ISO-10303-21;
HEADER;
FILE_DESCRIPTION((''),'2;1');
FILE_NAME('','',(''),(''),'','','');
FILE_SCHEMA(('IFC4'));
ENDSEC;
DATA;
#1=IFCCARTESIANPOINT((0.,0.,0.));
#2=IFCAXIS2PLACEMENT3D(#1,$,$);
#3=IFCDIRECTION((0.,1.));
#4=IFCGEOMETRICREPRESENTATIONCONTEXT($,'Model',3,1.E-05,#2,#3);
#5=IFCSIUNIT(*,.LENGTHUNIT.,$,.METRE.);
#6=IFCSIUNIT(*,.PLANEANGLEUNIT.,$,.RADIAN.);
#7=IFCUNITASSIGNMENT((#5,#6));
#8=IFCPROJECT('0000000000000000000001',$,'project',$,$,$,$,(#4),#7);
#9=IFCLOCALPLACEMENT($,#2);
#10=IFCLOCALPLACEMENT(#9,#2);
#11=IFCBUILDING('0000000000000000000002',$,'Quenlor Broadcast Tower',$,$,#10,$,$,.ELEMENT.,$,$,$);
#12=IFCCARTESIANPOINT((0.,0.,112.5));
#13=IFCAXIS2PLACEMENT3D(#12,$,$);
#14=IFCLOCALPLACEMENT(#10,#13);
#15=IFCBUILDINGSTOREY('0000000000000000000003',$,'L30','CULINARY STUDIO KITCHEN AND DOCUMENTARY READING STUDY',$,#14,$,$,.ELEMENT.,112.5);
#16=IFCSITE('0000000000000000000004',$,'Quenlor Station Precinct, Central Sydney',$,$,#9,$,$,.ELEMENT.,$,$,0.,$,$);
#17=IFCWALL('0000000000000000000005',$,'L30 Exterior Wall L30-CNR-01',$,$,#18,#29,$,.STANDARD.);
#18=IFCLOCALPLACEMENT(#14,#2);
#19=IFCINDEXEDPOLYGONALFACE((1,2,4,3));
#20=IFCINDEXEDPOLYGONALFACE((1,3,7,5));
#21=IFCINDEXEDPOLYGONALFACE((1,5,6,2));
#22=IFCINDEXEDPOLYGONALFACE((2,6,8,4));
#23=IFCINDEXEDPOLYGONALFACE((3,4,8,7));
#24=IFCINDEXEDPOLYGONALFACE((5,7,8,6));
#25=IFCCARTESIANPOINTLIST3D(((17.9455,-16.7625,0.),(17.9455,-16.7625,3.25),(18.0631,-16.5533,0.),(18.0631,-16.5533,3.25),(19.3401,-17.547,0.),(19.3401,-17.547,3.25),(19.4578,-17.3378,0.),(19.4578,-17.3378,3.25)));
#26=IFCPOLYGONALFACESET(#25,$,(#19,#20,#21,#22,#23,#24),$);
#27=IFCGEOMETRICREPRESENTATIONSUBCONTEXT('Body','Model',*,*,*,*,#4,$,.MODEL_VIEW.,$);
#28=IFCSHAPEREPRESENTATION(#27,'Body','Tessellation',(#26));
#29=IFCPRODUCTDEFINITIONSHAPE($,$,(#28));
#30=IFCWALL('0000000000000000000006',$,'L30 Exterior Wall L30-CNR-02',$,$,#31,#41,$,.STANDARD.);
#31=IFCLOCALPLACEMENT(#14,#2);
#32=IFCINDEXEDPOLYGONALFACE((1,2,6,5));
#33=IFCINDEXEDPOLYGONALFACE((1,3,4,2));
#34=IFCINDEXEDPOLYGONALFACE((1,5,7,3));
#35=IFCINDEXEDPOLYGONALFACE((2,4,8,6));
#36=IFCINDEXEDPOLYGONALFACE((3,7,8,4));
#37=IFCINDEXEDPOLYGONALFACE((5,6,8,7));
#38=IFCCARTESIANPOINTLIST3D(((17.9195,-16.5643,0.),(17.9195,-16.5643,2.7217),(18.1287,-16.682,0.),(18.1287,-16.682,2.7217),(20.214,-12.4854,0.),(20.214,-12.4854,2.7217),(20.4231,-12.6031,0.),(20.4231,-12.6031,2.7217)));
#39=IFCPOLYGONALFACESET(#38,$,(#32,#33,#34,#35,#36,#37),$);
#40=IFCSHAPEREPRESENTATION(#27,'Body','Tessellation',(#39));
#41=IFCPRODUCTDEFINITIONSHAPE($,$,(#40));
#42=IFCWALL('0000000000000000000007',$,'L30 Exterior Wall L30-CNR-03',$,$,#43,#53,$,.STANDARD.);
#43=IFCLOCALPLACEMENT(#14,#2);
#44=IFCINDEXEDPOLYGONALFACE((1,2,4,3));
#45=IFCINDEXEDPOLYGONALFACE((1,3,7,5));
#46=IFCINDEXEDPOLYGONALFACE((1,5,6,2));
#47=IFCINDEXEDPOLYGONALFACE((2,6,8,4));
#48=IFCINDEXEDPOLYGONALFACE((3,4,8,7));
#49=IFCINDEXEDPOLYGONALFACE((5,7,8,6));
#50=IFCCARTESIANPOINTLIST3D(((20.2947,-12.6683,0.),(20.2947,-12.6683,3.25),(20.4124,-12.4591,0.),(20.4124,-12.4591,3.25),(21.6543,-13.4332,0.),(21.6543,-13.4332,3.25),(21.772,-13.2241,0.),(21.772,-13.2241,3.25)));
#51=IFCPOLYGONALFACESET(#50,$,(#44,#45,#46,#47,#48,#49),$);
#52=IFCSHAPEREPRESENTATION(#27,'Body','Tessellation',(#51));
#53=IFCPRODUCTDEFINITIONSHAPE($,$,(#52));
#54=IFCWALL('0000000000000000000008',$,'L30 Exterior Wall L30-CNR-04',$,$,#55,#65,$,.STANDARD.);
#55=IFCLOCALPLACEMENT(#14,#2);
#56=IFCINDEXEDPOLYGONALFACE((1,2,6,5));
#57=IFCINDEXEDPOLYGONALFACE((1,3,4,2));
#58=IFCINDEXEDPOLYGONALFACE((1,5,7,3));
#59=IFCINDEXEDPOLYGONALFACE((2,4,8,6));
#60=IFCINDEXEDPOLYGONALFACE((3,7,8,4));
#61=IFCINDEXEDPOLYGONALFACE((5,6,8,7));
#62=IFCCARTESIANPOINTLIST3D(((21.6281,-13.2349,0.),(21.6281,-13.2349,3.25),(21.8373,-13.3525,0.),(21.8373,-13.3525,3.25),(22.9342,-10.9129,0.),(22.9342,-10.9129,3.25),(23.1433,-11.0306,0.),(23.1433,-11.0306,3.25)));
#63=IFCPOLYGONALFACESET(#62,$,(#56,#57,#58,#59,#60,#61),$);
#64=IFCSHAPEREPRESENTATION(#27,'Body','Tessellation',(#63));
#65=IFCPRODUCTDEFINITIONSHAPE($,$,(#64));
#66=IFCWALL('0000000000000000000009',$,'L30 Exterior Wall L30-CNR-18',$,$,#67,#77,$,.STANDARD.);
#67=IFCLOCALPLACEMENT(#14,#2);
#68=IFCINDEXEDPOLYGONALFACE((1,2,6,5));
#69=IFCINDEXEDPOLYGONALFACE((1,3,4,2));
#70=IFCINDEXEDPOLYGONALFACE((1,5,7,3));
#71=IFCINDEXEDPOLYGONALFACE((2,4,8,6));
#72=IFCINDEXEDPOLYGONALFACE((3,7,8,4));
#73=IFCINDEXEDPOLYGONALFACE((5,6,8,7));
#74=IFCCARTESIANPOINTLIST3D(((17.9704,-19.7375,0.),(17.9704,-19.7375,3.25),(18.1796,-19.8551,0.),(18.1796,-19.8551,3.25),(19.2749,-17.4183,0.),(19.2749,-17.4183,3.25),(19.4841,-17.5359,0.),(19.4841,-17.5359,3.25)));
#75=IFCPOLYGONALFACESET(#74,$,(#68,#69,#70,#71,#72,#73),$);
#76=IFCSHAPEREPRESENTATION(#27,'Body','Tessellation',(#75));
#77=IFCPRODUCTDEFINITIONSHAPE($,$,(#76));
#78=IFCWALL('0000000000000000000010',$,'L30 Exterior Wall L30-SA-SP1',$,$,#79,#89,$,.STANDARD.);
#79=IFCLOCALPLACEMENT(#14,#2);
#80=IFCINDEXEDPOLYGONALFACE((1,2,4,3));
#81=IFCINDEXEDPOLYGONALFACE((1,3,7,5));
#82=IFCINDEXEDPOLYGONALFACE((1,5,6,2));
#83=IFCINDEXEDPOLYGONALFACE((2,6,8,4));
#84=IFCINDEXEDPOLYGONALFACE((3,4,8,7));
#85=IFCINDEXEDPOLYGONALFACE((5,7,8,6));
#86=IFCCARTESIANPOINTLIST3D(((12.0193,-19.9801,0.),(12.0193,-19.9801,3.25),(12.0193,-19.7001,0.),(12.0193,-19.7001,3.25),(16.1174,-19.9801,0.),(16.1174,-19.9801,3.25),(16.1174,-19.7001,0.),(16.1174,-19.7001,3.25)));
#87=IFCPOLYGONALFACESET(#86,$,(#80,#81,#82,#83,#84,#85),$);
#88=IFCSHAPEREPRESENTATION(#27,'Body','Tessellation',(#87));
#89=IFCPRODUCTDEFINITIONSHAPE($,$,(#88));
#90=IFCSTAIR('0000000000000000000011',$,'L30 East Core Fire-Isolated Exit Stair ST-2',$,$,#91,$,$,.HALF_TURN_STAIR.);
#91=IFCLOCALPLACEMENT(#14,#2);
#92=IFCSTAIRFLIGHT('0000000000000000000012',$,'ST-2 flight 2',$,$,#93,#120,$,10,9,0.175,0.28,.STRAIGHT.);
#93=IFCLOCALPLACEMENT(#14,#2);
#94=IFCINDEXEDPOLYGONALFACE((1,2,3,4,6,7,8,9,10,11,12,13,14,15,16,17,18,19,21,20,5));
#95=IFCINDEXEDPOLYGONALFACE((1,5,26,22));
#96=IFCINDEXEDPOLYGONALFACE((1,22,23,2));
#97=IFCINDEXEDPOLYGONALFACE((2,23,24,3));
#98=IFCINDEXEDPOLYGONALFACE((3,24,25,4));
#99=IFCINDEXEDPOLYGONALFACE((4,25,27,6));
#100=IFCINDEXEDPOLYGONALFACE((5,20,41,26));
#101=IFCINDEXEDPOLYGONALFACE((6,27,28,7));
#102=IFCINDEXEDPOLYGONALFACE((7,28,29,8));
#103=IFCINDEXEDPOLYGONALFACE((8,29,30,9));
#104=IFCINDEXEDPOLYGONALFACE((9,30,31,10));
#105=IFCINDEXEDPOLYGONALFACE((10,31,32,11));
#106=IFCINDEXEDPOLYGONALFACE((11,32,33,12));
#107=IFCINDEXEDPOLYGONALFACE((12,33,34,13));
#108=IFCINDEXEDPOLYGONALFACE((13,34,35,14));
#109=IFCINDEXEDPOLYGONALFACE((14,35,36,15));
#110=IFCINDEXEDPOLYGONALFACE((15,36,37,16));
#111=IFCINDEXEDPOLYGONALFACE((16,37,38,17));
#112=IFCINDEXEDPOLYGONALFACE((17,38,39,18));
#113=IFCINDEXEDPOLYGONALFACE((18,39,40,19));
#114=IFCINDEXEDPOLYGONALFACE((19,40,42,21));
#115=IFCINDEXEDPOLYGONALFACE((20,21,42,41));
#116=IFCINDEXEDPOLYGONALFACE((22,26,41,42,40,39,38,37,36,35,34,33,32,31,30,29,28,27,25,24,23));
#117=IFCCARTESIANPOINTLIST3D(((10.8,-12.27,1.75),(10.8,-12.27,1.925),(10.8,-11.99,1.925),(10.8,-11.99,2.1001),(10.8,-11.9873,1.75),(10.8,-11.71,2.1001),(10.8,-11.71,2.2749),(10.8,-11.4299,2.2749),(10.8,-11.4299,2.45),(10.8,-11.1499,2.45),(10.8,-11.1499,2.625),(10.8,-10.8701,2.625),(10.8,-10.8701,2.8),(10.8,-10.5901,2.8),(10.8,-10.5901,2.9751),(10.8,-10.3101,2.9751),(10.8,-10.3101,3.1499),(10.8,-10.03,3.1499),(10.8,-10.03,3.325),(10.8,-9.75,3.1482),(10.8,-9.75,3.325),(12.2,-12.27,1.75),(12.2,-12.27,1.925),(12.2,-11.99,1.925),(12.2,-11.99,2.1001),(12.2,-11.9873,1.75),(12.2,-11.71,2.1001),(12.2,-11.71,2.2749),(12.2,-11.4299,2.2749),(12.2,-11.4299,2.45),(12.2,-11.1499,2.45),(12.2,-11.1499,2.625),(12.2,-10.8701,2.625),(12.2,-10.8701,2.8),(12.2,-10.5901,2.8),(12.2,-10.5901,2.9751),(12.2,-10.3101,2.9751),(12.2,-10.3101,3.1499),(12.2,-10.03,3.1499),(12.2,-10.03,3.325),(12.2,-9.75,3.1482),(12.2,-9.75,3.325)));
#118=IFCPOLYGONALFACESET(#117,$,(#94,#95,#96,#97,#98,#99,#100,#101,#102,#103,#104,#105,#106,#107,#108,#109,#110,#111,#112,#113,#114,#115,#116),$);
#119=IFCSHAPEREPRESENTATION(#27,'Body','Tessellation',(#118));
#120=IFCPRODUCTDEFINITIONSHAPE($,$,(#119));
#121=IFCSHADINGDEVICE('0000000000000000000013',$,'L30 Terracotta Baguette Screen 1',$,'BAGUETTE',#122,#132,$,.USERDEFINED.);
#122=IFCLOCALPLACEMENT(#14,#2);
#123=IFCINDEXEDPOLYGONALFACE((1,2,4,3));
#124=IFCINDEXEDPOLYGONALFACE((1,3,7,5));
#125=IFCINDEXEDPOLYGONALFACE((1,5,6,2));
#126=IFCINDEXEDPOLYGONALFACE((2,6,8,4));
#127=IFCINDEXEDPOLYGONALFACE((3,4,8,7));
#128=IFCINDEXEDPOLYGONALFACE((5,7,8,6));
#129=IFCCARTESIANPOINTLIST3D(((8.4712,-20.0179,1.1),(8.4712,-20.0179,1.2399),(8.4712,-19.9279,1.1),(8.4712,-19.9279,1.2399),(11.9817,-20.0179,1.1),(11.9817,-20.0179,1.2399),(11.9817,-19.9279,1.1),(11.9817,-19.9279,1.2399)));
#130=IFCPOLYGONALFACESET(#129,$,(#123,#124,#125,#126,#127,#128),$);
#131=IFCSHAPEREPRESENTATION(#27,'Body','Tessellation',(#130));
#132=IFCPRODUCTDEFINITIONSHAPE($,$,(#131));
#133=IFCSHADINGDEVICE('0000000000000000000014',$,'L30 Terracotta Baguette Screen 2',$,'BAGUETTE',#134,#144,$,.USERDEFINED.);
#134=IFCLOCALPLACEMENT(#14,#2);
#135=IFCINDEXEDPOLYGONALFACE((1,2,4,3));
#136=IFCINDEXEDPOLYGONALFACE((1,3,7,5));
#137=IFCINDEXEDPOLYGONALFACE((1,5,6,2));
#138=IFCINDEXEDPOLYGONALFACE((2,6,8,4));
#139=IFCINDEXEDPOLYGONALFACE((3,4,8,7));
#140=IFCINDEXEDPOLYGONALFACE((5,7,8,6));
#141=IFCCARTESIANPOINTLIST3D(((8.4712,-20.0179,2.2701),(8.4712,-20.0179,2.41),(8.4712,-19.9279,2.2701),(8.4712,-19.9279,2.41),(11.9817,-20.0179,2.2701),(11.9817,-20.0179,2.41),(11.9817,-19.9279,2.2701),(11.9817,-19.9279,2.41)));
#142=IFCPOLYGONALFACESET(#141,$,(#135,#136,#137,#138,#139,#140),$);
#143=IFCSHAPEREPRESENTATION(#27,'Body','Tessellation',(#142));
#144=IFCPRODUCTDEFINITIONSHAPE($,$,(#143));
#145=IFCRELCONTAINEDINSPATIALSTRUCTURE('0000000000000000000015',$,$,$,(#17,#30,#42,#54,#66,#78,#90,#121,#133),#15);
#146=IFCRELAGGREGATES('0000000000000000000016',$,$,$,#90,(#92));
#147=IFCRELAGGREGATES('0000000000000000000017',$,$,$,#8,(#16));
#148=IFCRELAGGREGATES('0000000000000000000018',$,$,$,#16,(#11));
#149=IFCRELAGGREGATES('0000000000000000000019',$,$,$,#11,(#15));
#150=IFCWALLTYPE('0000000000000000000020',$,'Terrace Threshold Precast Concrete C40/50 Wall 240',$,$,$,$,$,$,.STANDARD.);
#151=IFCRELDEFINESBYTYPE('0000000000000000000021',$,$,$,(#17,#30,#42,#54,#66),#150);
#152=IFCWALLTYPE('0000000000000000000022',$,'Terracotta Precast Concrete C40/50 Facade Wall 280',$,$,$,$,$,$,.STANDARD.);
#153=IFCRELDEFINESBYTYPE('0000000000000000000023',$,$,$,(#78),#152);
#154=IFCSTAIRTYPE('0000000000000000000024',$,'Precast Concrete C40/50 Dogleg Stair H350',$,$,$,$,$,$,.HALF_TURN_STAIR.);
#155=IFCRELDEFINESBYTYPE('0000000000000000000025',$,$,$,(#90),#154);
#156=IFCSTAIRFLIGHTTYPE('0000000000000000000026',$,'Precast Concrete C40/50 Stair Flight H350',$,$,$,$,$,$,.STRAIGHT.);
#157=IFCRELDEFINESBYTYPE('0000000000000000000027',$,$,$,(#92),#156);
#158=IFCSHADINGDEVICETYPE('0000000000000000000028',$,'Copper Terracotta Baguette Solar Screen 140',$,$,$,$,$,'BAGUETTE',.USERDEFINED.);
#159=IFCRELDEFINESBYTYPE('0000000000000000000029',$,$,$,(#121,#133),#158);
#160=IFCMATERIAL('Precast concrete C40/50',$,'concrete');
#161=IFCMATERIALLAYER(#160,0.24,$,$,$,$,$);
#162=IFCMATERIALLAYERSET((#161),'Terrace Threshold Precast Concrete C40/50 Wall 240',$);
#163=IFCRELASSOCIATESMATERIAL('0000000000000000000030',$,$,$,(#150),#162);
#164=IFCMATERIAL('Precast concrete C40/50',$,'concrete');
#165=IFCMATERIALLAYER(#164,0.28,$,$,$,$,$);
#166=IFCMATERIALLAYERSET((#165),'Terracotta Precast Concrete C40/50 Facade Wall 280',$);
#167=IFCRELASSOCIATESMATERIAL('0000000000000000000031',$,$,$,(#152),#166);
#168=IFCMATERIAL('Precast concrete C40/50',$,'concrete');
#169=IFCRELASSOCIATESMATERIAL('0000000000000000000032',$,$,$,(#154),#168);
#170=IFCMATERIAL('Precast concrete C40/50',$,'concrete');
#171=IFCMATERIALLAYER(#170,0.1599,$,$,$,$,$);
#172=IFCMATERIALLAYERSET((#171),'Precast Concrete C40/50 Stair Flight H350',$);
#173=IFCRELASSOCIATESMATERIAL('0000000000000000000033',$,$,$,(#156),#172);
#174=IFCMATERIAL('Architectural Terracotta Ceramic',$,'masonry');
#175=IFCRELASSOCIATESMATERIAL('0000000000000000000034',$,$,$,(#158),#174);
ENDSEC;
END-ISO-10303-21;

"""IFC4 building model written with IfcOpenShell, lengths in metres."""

from ifc_helpers import new_model, si_unit, direction, frame, frame_2d, origin, origin_2d, place, context, subcontext, project, spatial, polyline, rectangle, outline, extrude, material, layer, layer_set, material_profile, profile_set, type_object, element, aggregate, save


model = new_model("IFC4")

# Units and contexts
model_context = context("Model", 3, precision=1e-05, world=origin(), true_north=direction((0.0, 1.0)))
body_context = subcontext(model_context, "Body", "Model", "MODEL_VIEW")
ifc_project = project(units=[si_unit("LENGTHUNIT", "METRE"), si_unit("PLANEANGLEUNIT", "RADIAN")], contexts=[model_context])

# Site, building, storey
site_placement = place(None, origin())
site = spatial("IfcSite", under=ifc_project, at=site_placement, Name="Quenlor Station Precinct, Central Sydney", CompositionType="ELEMENT", RefElevation=0.0)
building_placement = place(site_placement, origin())
building = spatial("IfcBuilding", under=site, at=building_placement, Name="Quenlor Broadcast Tower", CompositionType="ELEMENT")
storey_placement = place(building_placement, frame((0.0, 0.0, 112.5)))
storey = spatial("IfcBuildingStorey", under=building, at=storey_placement, Name="L30", Description="CULINARY STUDIO KITCHEN AND DOCUMENTARY READING STUDY", CompositionType="ELEMENT", Elevation=112.5)

# Walls
ifc_material_1 = material(Name="Precast concrete C40/50", Category="concrete")
ifc_layer_1 = layer(ifc_material_1, 0.24)
ifc_layer_set_1 = layer_set([ifc_layer_1], Name="Terrace Threshold Precast Concrete C40/50 Wall 240")
wall_type_1 = type_object("IfcWallType", Name="Terrace Threshold Precast Concrete C40/50 Wall 240", PredefinedType="STANDARD", material=ifc_layer_set_1)
wall_1_placement = place(storey_placement, frame((19.3989, -17.4424, 0.0), z_axis=(0.0, 0.0, 1.0), x_axis=(-0.871576, 0.490261, 0.0)))
element("IfcWall", 1, at=wall_1_placement, inside=storey, type_object=wall_type_1, Name="L30 Exterior Wall L30-CNR-01", PredefinedType="STANDARD", context=body_context, shape_type="SweptSolid", body=[
    extrude(rectangle(XDim=1.6001, YDim=0.24, at=frame_2d((0.8, 0.0))), origin(), (0.0, 0.0, 1.0), 3.25),
])
wall_2_placement = place(storey_placement, frame((18.0242, -16.623, 0.0), z_axis=(0.0, 0.0, 1.0), x_axis=(0.490274, 0.871569, 0.0)))
element("IfcWall", 2, at=wall_2_placement, inside=storey, type_object=wall_type_1, Name="L30 Exterior Wall L30-CNR-02", PredefinedType="STANDARD", context=body_context, shape_type="SweptSolid", body=[
    extrude(rectangle(XDim=4.6799, YDim=0.24, at=frame_2d((2.3398, 0.0))), origin(), (0.0, 0.0, 1.0), 2.7217),
])
wall_3_placement = place(storey_placement, frame((20.3535, -12.5637, 0.0), z_axis=(0.0, 0.0, 1.0), x_axis=(0.871546, -0.490313, 0.0)))
element("IfcWall", 3, at=wall_3_placement, inside=storey, type_object=wall_type_1, Name="L30 Exterior Wall L30-CNR-03", PredefinedType="STANDARD", context=body_context, shape_type="SweptSolid", body=[
    extrude(rectangle(XDim=1.5601, YDim=0.24, at=frame_2d((0.78, 0.0))), origin(), (0.0, 0.0, 1.0), 3.25),
])
wall_4_placement = place(storey_placement, frame((21.7327, -13.2937, 0.0), z_axis=(0.0, 0.0, 1.0), x_axis=(0.490266, 0.871573, 0.0)))
element("IfcWall", 4, at=wall_4_placement, inside=storey, type_object=wall_type_1, Name="L30 Exterior Wall L30-CNR-04", PredefinedType="STANDARD", context=body_context, shape_type="SweptSolid", body=[
    extrude(rectangle(XDim=2.6641, YDim=0.24, at=frame_2d((1.332, 0.0))), origin(), (0.0, 0.0, 1.0), 3.25),
])
wall_5_placement = place(storey_placement, frame((18.075, -19.7964, 0.0), z_axis=(0.0, 0.0, 1.0), x_axis=(0.490248, 0.871583, 0.0)))
element("IfcWall", 5, at=wall_5_placement, inside=storey, type_object=wall_type_1, Name="L30 Exterior Wall L30-CNR-18", PredefinedType="STANDARD", context=body_context, shape_type="SweptSolid", body=[
    extrude(rectangle(XDim=2.6609, YDim=0.24, at=frame_2d((1.3306, 0.0))), origin(), (0.0, 0.0, 1.0), 3.25),
])
ifc_material_2 = material(Name="Precast concrete C40/50", Category="concrete")
ifc_layer_2 = layer(ifc_material_2, 0.28)
ifc_layer_set_2 = layer_set([ifc_layer_2], Name="Terracotta Precast Concrete C40/50 Facade Wall 280")
wall_type_2 = type_object("IfcWallType", Name="Terracotta Precast Concrete C40/50 Facade Wall 280", PredefinedType="STANDARD", material=ifc_layer_set_2)
wall_6_placement = place(storey_placement, frame((16.1174, -19.8401, 0.0), z_axis=(0.0, 0.0, 1.0), x_axis=(-1.0, 0.0, 0.0)))
element("IfcWall", 6, at=wall_6_placement, inside=storey, type_object=wall_type_2, Name="L30 Exterior Wall L30-SA-SP1", PredefinedType="STANDARD", context=body_context, shape_type="SweptSolid", body=[
    extrude(rectangle(XDim=4.0981, YDim=0.28, at=frame_2d((2.0491, 0.0))), origin(), (0.0, 0.0, 1.0), 3.25),
])

# Stair, stair flight
ifc_material_3 = material(Name="Precast concrete C40/50", Category="concrete")
stair_type = type_object("IfcStairType", Name="Precast Concrete C40/50 Dogleg Stair H350", PredefinedType="HALF_TURN_STAIR", material=ifc_material_3)
stair_placement = place(storey_placement, origin())
stair = element("IfcStair", 7, at=stair_placement, inside=storey, type_object=stair_type, Name="L30 East Core Fire-Isolated Exit Stair ST-2", PredefinedType="HALF_TURN_STAIR")
ifc_material_4 = material(Name="Precast concrete C40/50", Category="concrete")
ifc_layer_3 = layer(ifc_material_4, 0.1599)
ifc_layer_set_3 = layer_set([ifc_layer_3], Name="Precast Concrete C40/50 Stair Flight H350")
stair_flight_type = type_object("IfcStairFlightType", Name="Precast Concrete C40/50 Stair Flight H350", PredefinedType="STRAIGHT", material=ifc_layer_set_3)
stair_flight_placement = place(storey_placement, frame((11.5, -12.27, 1.75), z_axis=(0.0, 0.0, 1.0), x_axis=(0.0, 1.0, 0.0)))
stair_flight = element("IfcStairFlight", 8, at=stair_flight_placement, type_object=stair_flight_type, Name="ST-2 flight 2", NumberOfRisers=10, NumberOfTreads=9, PredefinedType="STRAIGHT", RiserHeight=0.175, TreadLength=0.28, context=body_context, shape_type="SweptSolid", body=[
    extrude(outline(polyline([(0.0, 0.0), (0.0, 0.175), (0.28, 0.175), (0.28, 0.3501), (0.5601, 0.3501), (0.5601, 0.5249), (0.8401, 0.5249), (0.8401, 0.7), (1.1201, 0.7), (1.1201, 0.875), (1.3999, 0.875), (1.3999, 1.05), (1.6799, 1.05), (1.6799, 1.2251), (1.96, 1.2251), (1.96, 1.3999), (2.24, 1.3999), (2.24, 1.575), (2.52, 1.575), (2.52, 1.75), (2.52, 1.3982), (0.2827, 0.0), (0.0, 0.0)])), frame((0.0, 0.7, 0.0), z_axis=(0.0, -1.0, 0.0), x_axis=(1.0, 0.0, 0.0)), (0.0, 0.0, 1.0), 1.3999),
])
aggregate(stair, [stair_flight])

# Shading devices
ifc_material_5 = material(Name="Architectural Terracotta Ceramic", Category="masonry")
ifc_material_profile_1 = material_profile(ifc_material_5, rectangle(XDim=0.0901, YDim=0.1399, at=origin_2d()))
ifc_profile_set_1 = profile_set([ifc_material_profile_1], Name="Architectural Terracotta Ceramic BAG90x140")
shading_device_type = type_object("IfcShadingDeviceType", Name="Copper Terracotta Baguette Solar Screen 140", ElementType="BAGUETTE", PredefinedType="USERDEFINED", material=ifc_profile_set_1)
for number, where, z_axis, x_axis, name in (
    (9, (11.9817, -19.9729, 1.1699), (-1.0, 0.0, 0.0), (0.0, -1.0, 0.0), "L30 Terracotta Baguette Screen 1"),
    (10, (11.9817, -19.9729, 2.3401), (-1.0, 0.0, 0.0), (0.0, -1.0, 0.0), "L30 Terracotta Baguette Screen 2"),
):
    element("IfcShadingDevice", number, at=place(storey_placement, frame(where, z_axis=z_axis, x_axis=x_axis)), inside=storey, type_object=shading_device_type, Name=name, ObjectType="BAGUETTE", PredefinedType="USERDEFINED", context=body_context, shape_type="SweptSolid", body=[
        extrude(rectangle(XDim=0.0901, YDim=0.1399, at=origin_2d()), origin(), (0.0, 0.0, 1.0), 3.5105),
    ])

save(model, "model.ifc")
